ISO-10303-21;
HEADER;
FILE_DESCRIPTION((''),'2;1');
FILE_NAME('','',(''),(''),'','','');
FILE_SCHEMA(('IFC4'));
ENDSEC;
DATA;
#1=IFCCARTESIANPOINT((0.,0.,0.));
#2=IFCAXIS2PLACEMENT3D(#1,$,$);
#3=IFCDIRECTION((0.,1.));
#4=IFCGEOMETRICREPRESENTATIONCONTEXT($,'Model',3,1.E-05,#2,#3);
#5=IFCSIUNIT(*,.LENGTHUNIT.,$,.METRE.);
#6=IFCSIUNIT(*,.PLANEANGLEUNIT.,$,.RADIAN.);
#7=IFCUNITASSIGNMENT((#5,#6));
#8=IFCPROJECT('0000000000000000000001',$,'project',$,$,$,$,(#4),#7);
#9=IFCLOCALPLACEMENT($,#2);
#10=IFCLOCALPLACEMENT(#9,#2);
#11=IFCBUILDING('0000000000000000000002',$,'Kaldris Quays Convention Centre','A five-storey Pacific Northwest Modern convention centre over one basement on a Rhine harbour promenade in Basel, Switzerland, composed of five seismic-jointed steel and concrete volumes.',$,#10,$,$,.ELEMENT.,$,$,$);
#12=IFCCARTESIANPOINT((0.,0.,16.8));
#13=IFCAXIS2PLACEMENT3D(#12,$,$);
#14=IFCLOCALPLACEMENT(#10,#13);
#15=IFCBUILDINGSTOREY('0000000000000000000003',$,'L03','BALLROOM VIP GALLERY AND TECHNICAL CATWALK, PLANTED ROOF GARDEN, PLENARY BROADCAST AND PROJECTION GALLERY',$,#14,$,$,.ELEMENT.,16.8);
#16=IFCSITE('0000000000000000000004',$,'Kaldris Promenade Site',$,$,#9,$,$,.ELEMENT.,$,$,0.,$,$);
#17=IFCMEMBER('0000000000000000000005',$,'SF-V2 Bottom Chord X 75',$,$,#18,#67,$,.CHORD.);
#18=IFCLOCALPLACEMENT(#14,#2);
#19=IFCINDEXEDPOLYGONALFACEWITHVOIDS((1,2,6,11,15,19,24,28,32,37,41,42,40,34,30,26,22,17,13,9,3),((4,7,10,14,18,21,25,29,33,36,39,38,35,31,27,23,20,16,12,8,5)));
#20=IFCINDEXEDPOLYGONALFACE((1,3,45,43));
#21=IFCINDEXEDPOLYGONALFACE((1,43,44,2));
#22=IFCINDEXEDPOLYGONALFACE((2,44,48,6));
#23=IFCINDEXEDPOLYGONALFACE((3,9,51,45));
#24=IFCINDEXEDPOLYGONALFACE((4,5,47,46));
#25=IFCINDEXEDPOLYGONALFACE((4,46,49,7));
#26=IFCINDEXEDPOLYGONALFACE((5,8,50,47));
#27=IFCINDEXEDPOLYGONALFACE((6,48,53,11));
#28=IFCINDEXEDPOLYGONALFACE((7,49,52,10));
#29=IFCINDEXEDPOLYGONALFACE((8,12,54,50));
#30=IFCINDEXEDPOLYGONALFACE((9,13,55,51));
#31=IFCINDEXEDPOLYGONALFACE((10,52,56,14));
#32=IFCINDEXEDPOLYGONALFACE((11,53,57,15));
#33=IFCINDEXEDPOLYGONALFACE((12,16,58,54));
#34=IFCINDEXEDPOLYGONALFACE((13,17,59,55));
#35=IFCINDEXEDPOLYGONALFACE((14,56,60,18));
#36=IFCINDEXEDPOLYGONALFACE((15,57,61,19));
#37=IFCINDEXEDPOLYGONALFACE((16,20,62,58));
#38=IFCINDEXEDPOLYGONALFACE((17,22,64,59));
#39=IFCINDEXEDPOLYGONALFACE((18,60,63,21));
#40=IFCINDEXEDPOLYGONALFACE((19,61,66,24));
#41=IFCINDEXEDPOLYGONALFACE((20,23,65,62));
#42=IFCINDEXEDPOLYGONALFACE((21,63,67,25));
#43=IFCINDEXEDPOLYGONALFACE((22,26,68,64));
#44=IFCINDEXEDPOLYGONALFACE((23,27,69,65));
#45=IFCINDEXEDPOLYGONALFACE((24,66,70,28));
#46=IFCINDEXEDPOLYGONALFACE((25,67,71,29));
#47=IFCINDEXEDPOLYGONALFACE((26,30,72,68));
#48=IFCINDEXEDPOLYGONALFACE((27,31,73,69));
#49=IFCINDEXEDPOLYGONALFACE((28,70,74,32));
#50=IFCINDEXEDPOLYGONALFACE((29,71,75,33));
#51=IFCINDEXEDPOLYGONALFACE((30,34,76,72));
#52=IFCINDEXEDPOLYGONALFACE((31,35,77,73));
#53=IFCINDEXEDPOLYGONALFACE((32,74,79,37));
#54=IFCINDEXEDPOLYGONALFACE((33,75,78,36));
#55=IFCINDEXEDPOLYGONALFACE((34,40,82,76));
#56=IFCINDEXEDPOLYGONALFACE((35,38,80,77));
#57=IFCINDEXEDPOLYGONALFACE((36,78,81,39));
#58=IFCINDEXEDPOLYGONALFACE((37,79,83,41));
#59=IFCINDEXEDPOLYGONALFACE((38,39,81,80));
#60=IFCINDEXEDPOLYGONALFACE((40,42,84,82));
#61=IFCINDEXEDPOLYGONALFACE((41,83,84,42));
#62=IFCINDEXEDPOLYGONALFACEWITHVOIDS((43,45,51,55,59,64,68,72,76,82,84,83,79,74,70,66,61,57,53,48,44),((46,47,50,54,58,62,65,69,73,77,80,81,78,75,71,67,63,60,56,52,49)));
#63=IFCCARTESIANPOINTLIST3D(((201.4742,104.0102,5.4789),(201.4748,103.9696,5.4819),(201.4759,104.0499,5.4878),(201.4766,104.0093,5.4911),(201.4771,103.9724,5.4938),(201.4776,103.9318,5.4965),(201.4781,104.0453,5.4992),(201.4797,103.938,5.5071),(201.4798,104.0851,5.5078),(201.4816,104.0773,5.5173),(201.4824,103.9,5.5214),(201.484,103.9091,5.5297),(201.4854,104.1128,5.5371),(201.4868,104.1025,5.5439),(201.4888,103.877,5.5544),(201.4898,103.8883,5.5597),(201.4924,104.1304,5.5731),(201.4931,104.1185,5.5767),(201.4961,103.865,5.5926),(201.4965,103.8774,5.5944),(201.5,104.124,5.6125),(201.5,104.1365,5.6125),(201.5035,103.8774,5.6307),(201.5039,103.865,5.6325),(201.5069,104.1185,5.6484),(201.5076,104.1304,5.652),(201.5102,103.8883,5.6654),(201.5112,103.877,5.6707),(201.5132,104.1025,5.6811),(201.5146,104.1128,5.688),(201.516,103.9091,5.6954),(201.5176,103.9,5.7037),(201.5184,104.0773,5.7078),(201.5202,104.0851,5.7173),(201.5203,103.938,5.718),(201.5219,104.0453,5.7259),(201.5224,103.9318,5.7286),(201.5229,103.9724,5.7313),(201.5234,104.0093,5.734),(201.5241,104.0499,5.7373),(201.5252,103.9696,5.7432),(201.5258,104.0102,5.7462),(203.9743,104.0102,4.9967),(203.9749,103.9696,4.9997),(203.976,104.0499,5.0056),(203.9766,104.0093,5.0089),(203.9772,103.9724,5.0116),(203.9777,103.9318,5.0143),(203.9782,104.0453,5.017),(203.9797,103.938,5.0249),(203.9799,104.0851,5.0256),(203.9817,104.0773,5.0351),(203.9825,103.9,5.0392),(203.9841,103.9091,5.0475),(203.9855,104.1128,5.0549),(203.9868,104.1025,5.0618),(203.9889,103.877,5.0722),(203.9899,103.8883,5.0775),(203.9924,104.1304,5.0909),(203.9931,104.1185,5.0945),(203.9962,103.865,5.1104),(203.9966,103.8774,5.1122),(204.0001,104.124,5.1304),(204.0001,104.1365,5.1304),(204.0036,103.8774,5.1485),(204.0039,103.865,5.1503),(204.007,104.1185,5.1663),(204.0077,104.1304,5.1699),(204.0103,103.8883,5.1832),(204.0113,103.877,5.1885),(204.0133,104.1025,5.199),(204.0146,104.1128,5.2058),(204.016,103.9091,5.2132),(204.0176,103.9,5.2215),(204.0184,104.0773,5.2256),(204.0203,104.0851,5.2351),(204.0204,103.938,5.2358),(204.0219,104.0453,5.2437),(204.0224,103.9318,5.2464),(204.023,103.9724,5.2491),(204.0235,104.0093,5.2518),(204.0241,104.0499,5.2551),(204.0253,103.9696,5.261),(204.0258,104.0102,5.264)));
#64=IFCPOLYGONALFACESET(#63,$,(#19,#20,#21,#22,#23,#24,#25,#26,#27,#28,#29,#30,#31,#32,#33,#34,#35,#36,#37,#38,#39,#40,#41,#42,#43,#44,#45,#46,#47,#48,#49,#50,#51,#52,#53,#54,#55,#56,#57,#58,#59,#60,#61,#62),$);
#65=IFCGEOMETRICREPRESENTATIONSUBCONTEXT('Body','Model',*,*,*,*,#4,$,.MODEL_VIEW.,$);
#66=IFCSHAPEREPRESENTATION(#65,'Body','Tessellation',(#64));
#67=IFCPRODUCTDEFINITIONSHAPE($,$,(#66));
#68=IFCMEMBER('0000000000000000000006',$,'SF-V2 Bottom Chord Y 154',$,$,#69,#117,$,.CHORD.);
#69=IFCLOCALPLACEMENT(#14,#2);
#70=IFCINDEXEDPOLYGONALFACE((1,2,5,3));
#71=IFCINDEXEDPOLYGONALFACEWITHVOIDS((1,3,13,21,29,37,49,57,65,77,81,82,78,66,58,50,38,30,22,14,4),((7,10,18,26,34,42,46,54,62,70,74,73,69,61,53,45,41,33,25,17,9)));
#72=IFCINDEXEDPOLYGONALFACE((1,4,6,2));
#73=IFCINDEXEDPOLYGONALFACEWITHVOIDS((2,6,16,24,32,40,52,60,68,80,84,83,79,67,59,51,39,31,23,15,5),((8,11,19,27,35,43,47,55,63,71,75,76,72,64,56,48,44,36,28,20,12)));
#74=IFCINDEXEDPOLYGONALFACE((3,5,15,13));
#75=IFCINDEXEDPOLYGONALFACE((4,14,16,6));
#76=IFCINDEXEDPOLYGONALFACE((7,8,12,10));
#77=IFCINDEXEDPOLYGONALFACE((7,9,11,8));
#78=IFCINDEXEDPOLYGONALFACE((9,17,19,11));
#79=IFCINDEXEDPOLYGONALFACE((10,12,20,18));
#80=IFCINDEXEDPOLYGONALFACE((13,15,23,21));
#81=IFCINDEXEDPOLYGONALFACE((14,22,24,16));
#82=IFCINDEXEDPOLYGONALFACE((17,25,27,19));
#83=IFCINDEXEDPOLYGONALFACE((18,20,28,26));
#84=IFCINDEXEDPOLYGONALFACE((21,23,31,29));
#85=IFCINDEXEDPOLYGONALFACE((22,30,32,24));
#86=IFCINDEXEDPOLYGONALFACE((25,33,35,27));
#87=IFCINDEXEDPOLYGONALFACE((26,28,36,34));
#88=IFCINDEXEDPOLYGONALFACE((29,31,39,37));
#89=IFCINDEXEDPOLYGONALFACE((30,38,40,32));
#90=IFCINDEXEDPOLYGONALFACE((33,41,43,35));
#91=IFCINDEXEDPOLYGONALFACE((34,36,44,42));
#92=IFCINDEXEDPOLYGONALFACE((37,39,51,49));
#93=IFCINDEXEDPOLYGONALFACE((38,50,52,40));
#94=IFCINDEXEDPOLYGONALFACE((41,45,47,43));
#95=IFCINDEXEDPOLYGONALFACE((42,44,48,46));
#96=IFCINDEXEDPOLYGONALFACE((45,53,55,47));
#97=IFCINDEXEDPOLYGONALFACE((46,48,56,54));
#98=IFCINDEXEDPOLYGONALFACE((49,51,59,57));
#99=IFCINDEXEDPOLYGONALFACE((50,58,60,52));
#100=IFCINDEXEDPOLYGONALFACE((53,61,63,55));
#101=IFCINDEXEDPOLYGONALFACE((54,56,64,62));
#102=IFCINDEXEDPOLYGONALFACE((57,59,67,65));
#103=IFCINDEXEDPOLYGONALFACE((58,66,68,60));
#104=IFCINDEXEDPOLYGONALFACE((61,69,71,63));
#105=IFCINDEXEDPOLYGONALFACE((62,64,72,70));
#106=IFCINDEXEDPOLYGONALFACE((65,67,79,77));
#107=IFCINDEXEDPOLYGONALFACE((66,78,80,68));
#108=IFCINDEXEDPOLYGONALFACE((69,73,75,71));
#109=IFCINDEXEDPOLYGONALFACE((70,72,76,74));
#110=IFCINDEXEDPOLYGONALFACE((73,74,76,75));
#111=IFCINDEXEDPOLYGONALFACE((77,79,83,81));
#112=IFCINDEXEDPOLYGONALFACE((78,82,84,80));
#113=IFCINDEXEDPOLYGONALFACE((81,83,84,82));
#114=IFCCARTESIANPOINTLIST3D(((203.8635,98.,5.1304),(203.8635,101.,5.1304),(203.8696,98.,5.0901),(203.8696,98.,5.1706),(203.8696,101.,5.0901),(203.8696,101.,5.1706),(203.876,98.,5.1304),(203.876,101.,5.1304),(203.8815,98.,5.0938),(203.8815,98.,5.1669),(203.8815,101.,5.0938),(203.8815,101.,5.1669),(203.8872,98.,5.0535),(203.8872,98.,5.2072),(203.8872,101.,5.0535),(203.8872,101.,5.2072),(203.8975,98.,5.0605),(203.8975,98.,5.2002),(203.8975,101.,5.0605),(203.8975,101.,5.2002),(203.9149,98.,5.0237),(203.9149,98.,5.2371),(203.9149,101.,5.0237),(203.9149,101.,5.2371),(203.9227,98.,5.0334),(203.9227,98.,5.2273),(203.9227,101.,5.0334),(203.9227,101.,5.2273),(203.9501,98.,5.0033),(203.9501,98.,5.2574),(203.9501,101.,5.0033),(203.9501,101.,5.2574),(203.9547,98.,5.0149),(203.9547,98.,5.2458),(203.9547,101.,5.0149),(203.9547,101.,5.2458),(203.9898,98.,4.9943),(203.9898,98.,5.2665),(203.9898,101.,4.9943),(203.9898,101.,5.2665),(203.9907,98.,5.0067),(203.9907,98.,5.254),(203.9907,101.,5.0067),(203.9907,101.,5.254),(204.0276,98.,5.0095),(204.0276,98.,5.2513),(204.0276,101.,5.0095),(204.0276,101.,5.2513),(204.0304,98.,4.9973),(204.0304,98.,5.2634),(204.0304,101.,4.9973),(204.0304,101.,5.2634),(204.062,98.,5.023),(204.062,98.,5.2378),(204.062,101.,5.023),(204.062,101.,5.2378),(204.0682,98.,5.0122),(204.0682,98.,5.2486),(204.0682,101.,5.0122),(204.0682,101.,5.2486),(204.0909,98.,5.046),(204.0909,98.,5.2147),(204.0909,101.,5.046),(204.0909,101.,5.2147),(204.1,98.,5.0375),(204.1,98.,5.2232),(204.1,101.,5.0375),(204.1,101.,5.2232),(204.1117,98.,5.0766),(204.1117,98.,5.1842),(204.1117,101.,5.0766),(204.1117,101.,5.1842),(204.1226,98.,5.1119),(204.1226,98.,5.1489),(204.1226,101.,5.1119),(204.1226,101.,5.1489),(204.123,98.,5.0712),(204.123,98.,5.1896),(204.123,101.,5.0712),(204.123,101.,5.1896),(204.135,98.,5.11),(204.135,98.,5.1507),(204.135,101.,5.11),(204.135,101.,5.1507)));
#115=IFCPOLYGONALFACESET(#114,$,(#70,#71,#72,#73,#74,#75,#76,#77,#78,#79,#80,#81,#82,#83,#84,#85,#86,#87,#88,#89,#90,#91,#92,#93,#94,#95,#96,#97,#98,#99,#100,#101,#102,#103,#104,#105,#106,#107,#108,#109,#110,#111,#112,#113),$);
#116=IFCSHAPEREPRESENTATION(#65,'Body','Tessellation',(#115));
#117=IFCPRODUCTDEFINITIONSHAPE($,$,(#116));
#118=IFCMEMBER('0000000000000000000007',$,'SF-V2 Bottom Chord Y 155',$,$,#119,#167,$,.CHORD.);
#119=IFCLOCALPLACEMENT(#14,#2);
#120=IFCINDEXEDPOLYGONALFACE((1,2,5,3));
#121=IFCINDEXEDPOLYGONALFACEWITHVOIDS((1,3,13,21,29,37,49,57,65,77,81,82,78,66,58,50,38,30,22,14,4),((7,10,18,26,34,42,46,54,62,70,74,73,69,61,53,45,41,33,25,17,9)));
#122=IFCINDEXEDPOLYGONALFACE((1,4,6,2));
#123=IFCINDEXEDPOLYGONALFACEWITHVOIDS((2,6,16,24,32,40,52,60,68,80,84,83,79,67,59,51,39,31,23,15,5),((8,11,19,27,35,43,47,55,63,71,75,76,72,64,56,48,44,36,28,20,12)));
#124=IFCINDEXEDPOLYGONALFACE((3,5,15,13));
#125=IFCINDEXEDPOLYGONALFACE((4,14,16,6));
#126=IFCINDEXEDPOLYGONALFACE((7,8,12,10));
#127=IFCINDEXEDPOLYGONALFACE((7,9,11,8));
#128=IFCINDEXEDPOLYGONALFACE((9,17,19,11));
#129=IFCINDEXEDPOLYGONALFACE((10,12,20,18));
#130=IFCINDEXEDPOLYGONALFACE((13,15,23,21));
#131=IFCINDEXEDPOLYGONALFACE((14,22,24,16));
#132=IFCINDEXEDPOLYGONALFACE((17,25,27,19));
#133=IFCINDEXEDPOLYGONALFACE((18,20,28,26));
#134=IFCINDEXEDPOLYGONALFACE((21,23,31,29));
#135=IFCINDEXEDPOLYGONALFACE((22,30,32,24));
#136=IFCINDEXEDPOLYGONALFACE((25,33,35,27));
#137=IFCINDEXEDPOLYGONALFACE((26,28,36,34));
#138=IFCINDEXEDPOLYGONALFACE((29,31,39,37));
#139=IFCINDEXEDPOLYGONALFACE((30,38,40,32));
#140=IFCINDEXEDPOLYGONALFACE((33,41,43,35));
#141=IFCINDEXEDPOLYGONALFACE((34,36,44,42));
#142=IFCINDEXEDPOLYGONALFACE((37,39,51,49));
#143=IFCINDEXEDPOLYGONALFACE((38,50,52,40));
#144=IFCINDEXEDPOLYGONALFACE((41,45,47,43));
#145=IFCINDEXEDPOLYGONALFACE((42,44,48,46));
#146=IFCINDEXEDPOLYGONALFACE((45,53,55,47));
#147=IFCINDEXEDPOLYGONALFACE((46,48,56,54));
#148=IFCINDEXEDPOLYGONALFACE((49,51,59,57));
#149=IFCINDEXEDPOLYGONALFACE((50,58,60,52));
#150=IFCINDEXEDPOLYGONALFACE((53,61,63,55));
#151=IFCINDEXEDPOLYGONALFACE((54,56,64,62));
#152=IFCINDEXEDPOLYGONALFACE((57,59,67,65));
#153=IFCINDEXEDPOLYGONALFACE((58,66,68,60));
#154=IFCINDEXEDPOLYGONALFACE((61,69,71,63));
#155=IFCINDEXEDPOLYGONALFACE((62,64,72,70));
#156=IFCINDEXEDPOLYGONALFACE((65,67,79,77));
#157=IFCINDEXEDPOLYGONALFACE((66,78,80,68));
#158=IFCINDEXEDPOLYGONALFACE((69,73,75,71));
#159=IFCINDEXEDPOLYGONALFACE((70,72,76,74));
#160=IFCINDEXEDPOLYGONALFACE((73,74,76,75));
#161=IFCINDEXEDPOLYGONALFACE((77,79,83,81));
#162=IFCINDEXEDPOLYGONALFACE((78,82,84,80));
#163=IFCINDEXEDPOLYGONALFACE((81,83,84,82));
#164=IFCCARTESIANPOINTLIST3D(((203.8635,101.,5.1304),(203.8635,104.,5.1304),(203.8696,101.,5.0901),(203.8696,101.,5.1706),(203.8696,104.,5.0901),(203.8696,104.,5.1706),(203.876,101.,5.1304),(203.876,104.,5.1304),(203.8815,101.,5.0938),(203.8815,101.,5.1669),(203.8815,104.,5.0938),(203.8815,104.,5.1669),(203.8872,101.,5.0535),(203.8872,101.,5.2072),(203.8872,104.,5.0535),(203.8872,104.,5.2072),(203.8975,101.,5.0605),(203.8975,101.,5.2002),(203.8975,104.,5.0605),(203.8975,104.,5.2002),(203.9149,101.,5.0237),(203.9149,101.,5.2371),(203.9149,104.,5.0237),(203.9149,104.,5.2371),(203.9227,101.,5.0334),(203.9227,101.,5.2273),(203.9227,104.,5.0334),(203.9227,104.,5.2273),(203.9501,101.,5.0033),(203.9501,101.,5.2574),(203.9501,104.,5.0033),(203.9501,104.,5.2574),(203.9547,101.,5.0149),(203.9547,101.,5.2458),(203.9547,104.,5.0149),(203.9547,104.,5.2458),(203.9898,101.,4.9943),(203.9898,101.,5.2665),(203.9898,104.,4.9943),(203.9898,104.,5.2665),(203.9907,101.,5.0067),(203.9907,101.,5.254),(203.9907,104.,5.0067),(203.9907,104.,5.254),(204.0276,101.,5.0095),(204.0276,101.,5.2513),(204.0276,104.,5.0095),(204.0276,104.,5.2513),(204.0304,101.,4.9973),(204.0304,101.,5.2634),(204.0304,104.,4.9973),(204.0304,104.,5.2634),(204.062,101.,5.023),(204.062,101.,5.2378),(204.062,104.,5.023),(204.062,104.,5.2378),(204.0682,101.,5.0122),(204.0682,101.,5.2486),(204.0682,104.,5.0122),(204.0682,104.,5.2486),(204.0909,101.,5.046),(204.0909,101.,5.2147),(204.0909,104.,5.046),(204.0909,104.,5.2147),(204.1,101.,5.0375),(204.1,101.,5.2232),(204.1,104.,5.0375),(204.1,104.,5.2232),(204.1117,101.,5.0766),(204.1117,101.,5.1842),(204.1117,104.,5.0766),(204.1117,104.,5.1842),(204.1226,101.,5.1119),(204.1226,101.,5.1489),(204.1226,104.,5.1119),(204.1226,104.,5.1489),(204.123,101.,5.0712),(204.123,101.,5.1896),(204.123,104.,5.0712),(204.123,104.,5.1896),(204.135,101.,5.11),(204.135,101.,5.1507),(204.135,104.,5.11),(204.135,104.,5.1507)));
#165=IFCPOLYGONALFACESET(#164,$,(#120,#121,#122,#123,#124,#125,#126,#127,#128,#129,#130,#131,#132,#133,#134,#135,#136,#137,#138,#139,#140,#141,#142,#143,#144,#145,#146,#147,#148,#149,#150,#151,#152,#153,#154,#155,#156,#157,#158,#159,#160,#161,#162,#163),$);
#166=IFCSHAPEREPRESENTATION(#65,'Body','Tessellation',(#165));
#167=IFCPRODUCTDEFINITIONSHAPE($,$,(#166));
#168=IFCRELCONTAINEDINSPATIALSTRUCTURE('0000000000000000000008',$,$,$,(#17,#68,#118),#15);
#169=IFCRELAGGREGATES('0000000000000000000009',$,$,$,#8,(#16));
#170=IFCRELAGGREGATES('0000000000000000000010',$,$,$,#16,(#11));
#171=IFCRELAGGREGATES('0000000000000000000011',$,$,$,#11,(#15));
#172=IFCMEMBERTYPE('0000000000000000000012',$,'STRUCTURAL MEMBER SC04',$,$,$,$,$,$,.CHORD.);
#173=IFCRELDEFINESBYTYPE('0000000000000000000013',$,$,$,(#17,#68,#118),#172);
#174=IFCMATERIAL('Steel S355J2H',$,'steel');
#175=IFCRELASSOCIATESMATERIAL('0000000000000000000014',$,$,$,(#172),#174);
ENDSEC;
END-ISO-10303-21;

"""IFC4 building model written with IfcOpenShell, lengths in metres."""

from ifc_helpers import new_model, si_unit, direction, frame, origin, origin_2d, place, context, subcontext, project, spatial, hollow_circle, extrude, material, material_profile, profile_set, type_object, element, save


model = new_model("IFC4")

# Units and contexts
model_context = context("Model", 3, precision=1e-05, world=origin(), true_north=direction((0.0, 1.0)))
body_context = subcontext(model_context, "Body", "Model", "MODEL_VIEW")
ifc_project = project(units=[si_unit("LENGTHUNIT", "METRE"), si_unit("PLANEANGLEUNIT", "RADIAN")], contexts=[model_context])

# Site, building, storey
site_placement = place(None, origin())
site = spatial("IfcSite", under=ifc_project, at=site_placement, Name="Kaldris Promenade Site", CompositionType="ELEMENT", RefElevation=0.0)
building_placement = place(site_placement, origin())
building = spatial("IfcBuilding", under=site, at=building_placement, Name="Kaldris Quays Convention Centre", Description="A five-storey Pacific Northwest Modern convention centre over one basement on a Rhine harbour promenade in Basel, Switzerland, composed of five seismic-jointed steel and concrete volumes.", CompositionType="ELEMENT")
storey_placement = place(building_placement, frame((0.0, 0.0, 16.8)))
storey = spatial("IfcBuildingStorey", under=building, at=storey_placement, Name="L03", Description="BALLROOM VIP GALLERY AND TECHNICAL CATWALK, PLANTED ROOF GARDEN, PLENARY BROADCAST AND PROJECTION GALLERY", CompositionType="ELEMENT", Elevation=16.8)

# Members
ifc_material_1 = material(Name="Steel S355J2H", Category="steel")
ifc_material_profile_1 = material_profile(ifc_material_1, hollow_circle(Radius=0.1365, WallThickness=0.0125, at=origin_2d()), Name="CHS 273x12.5")
ifc_profile_set_1 = profile_set([ifc_material_profile_1], Name="Steel S355J2H")
member_type_1 = type_object("IfcMemberType", Name="STRUCTURAL MEMBER SC04", PredefinedType="CHORD", material=ifc_profile_set_1)
for number, where, z_axis, x_axis, name in (
    (1, (201.5, 104.0, 5.6125), (0.981904, 0.0, -0.189381), (0.0, 1.0, 0.0), "SF-V2 Bottom Chord X 75"),
):
    element("IfcMember", number, at=place(storey_placement, frame(where, z_axis=z_axis, x_axis=x_axis)), inside=storey, type_object=member_type_1, Name=name, PredefinedType="CHORD", context=body_context, shape_type="SweptSolid", body=[
        extrude(hollow_circle(Radius=0.1365, WallThickness=0.0125, at=origin_2d()), origin(), (0.0, 0.0, 1.0), 2.5461),
    ])
for number, where, z_axis, x_axis, name in (
    (2, (204.0, 98.0, 5.1304), (0.0, 1.0, 0.0), (-1.0, 0.0, 0.0), "SF-V2 Bottom Chord Y 154"),
    (3, (204.0, 101.0, 5.1304), (0.0, 1.0, 0.0), (-1.0, 0.0, 0.0), "SF-V2 Bottom Chord Y 155"),
):
    element("IfcMember", number, at=place(storey_placement, frame(where, z_axis=z_axis, x_axis=x_axis)), inside=storey, type_object=member_type_1, Name=name, PredefinedType="CHORD", context=body_context, shape_type="SweptSolid", body=[
        extrude(hollow_circle(Radius=0.1365, WallThickness=0.0125, at=origin_2d()), origin(), (0.0, 0.0, 1.0), 3.0),
    ])

save(model, "model.ifc")
